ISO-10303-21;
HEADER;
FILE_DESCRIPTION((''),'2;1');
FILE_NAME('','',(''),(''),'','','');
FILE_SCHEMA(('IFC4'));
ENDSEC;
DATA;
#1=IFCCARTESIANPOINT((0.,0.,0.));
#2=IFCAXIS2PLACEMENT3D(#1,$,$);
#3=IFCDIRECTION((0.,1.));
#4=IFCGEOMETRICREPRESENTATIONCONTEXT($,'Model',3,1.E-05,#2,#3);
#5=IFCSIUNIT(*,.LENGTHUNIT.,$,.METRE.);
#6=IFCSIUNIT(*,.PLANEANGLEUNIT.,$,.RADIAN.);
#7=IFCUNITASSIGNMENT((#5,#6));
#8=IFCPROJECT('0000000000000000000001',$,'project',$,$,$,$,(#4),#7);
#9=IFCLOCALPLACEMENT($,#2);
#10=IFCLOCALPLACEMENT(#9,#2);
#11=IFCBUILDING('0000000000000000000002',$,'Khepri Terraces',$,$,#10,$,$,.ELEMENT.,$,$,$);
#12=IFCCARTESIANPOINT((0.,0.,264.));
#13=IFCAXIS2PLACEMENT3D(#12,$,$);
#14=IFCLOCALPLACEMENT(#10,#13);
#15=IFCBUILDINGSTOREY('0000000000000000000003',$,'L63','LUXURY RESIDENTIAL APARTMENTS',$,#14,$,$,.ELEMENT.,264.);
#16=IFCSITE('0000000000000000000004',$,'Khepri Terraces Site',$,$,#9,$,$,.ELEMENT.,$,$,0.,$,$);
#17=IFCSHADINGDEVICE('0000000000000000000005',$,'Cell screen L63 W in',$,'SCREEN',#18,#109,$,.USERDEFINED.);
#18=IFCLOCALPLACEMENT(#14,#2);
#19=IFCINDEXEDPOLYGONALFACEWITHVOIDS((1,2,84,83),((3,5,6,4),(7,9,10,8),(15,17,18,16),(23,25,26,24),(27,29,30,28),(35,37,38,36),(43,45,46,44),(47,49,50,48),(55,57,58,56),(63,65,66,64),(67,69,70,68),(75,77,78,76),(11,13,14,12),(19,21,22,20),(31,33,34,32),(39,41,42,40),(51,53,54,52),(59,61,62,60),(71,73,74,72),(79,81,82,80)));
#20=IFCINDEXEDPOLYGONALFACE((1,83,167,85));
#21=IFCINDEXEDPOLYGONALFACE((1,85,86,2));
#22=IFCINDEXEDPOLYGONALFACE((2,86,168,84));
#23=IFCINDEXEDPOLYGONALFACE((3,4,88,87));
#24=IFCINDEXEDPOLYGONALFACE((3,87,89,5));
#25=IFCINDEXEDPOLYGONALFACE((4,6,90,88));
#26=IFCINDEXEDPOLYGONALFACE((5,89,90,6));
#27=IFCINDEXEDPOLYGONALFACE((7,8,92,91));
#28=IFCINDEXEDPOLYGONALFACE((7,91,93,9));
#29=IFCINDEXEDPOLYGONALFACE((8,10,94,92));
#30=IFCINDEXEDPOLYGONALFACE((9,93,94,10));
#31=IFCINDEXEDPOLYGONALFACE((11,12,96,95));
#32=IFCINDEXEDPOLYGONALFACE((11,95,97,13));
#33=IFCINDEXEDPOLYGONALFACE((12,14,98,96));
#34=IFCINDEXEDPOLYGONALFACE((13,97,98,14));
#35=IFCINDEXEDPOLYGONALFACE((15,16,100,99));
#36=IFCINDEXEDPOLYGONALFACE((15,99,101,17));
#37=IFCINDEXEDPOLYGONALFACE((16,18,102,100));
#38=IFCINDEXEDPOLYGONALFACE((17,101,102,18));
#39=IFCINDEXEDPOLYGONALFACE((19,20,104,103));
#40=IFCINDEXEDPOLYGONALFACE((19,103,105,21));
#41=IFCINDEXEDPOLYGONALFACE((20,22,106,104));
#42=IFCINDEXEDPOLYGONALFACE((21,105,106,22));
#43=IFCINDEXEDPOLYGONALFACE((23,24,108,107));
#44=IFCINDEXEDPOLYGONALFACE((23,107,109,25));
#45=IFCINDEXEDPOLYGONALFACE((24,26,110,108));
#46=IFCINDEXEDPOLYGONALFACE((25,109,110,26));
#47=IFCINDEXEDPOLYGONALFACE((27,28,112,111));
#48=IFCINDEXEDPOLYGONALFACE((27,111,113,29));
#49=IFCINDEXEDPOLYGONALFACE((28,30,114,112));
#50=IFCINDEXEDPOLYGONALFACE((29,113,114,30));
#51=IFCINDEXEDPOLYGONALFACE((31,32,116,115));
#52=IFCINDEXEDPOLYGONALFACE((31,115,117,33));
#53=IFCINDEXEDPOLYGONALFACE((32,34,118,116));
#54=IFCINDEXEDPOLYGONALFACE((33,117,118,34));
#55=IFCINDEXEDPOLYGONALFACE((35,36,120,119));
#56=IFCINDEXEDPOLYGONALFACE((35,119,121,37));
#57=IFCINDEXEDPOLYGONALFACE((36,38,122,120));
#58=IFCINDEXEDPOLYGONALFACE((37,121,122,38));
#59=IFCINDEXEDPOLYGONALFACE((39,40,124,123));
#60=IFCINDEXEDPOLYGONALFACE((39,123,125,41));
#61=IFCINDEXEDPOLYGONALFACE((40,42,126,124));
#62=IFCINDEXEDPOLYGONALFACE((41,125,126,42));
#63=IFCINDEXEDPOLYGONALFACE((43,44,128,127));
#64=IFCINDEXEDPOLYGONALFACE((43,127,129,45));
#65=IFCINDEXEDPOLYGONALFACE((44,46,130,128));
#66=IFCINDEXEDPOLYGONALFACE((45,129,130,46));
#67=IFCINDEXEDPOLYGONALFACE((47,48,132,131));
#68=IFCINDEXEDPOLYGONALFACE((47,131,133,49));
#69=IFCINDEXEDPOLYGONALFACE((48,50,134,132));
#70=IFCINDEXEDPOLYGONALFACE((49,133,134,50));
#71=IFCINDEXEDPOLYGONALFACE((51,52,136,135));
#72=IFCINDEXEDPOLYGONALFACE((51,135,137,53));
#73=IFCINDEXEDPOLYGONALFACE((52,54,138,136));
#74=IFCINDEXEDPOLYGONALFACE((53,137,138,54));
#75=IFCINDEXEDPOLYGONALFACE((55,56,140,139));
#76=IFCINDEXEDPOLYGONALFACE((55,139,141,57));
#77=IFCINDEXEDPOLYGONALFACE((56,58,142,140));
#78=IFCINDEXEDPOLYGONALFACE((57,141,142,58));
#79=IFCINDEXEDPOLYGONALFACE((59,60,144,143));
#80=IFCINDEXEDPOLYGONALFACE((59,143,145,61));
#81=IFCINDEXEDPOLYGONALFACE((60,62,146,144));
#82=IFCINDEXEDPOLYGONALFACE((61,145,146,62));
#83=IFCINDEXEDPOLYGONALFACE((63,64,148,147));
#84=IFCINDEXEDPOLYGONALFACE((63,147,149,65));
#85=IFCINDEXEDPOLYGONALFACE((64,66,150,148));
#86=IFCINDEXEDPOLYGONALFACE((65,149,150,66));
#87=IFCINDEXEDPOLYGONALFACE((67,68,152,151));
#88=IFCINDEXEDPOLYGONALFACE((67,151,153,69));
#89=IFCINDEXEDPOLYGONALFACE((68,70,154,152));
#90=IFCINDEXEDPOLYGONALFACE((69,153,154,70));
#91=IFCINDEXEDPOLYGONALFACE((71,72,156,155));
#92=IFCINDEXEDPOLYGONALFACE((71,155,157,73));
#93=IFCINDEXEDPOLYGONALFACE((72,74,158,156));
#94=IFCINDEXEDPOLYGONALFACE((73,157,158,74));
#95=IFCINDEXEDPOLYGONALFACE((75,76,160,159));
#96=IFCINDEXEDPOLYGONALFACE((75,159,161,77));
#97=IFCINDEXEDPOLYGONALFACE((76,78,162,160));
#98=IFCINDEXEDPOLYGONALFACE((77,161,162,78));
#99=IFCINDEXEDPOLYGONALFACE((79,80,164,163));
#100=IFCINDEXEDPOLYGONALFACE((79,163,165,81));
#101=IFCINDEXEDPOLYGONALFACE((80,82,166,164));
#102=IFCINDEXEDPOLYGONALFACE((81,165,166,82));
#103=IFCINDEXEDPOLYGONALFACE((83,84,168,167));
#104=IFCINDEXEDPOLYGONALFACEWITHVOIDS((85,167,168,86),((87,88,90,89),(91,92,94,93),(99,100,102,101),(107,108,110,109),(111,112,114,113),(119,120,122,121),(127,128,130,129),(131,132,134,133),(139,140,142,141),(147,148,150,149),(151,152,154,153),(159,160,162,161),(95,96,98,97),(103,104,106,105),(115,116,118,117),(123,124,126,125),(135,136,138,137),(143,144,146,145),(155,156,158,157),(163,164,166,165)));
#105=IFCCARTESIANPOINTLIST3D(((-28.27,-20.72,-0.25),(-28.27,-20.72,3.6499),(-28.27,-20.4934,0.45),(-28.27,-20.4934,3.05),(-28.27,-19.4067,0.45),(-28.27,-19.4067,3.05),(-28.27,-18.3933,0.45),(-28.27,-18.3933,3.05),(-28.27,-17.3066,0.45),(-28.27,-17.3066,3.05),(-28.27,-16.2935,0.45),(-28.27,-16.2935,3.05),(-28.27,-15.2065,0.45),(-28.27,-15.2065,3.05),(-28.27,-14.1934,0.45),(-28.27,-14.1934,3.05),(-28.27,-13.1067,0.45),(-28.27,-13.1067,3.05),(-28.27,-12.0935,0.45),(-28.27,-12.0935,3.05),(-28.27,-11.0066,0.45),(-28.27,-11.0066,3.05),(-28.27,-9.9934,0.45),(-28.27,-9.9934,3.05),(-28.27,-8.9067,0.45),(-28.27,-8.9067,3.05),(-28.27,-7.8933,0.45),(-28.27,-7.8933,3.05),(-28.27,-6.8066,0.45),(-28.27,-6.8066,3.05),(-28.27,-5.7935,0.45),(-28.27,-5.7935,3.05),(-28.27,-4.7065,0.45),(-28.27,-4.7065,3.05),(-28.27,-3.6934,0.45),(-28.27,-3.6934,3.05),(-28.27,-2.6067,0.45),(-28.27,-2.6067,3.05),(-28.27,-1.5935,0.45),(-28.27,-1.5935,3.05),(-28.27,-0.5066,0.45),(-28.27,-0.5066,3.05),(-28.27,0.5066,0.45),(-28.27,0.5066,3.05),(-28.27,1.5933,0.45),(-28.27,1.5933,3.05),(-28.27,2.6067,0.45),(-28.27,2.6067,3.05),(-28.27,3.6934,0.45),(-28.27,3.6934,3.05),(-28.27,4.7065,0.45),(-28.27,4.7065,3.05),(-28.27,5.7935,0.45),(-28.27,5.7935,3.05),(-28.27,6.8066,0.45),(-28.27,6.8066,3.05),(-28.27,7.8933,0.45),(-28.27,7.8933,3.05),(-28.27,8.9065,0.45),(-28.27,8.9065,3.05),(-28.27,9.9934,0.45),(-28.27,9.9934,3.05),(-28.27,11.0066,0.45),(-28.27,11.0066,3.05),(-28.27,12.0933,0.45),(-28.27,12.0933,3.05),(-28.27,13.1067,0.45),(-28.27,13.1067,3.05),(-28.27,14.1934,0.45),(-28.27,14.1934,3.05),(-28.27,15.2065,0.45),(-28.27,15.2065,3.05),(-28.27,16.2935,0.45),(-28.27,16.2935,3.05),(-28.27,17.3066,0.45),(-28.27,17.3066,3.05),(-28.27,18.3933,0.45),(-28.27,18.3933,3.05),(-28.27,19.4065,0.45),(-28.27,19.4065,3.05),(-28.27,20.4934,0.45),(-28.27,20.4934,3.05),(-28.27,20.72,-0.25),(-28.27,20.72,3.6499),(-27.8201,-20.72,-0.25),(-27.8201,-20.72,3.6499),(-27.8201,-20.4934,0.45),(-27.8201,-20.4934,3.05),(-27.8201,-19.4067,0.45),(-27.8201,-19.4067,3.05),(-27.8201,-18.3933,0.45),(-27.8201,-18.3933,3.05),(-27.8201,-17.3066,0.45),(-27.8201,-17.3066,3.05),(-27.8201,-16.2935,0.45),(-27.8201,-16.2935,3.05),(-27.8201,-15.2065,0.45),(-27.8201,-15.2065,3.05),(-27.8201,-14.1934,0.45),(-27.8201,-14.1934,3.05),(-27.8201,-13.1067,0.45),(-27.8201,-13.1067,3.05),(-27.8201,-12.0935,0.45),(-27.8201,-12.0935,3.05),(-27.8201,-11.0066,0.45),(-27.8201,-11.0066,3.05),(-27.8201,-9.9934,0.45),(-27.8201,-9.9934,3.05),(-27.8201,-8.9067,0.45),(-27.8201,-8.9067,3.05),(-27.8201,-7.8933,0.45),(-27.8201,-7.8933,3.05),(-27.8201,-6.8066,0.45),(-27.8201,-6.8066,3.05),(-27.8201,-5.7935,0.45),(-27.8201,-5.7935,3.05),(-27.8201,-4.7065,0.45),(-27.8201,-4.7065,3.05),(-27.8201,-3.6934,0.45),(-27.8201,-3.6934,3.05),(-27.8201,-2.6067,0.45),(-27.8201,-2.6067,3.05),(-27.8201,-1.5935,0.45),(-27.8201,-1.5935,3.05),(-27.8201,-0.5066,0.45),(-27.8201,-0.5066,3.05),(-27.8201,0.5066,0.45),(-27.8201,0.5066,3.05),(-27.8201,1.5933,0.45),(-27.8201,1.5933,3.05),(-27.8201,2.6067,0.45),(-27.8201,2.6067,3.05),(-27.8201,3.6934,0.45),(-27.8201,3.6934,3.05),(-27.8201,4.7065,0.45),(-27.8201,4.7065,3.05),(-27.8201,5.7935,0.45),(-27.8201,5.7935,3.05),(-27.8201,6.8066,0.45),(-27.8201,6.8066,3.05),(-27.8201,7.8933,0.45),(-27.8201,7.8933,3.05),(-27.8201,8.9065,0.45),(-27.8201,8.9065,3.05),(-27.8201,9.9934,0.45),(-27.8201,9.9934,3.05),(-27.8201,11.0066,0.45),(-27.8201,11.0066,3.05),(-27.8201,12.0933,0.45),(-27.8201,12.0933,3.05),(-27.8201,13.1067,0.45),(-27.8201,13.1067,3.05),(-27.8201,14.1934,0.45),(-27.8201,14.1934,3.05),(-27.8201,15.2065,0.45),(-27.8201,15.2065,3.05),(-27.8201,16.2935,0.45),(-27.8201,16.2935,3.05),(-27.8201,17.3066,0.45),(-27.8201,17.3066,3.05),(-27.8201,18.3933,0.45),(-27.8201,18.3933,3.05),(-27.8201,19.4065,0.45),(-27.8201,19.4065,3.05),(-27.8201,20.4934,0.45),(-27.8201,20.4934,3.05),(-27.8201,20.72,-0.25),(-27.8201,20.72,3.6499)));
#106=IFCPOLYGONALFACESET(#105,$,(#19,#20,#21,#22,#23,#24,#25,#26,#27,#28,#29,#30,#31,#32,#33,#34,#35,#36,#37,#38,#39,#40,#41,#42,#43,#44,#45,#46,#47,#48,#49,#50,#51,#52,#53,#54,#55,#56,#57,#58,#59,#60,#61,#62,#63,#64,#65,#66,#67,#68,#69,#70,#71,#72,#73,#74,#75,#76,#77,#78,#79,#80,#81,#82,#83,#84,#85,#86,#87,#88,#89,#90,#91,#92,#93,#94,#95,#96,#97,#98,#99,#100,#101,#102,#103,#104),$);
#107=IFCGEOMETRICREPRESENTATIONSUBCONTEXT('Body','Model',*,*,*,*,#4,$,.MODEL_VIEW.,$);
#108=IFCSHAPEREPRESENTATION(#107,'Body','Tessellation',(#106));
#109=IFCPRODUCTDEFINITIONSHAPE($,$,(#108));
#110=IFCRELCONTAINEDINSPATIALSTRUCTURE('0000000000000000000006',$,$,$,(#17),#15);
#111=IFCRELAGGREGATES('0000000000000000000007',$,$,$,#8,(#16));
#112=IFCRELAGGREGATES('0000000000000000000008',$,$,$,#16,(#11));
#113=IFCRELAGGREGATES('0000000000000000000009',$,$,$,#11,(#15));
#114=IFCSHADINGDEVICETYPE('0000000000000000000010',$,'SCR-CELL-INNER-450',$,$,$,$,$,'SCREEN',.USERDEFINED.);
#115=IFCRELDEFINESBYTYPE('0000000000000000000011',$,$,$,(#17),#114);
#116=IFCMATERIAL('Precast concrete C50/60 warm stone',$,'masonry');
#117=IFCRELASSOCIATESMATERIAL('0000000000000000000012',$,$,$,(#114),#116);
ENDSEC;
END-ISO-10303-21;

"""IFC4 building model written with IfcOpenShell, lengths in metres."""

from ifc_helpers import new_model, si_unit, direction, frame, origin, place, context, subcontext, project, spatial, polyline, outline, extrude, material, type_object, element, save


model = new_model("IFC4")

# Units and contexts
model_context = context("Model", 3, precision=1e-05, world=origin(), true_north=direction((0.0, 1.0)))
body_context = subcontext(model_context, "Body", "Model", "MODEL_VIEW")
ifc_project = project(units=[si_unit("LENGTHUNIT", "METRE"), si_unit("PLANEANGLEUNIT", "RADIAN")], contexts=[model_context])

# Site, building, storey
site_placement = place(None, origin())
site = spatial("IfcSite", under=ifc_project, at=site_placement, Name="Khepri Terraces Site", CompositionType="ELEMENT", RefElevation=0.0)
building_placement = place(site_placement, origin())
building = spatial("IfcBuilding", under=site, at=building_placement, Name="Khepri Terraces", CompositionType="ELEMENT")
storey_placement = place(building_placement, frame((0.0, 0.0, 264.0)))
storey = spatial("IfcBuildingStorey", under=building, at=storey_placement, Name="L63", Description="LUXURY RESIDENTIAL APARTMENTS", CompositionType="ELEMENT", Elevation=264.0)

# Shared definitions
ifc_material_1 = material(Name="Precast concrete C50/60 warm stone", Category="masonry")

# Shading device
shading_device_type_1 = type_object("IfcShadingDeviceType", Name="SCR-CELL-INNER-450", ElementType="SCREEN", PredefinedType="USERDEFINED", material=ifc_material_1)
shading_device_1_placement = place(storey_placement, frame((-27.8201, 20.72, -0.25), z_axis=(-1.0, 0.0, 0.0), x_axis=(0.0, -1.0, 0.0)))
element("IfcShadingDevice", 1, at=shading_device_1_placement, inside=storey, type_object=shading_device_type_1, Name="Cell screen L63 W in", ObjectType="SCREEN", PredefinedType="USERDEFINED", context=body_context, shape_type="SweptSolid", body=[
    extrude(outline(polyline([(0.0, 0.0), (41.4399, 0.0), (41.4399, 3.8999), (0.0, 3.8999), (0.0, 0.0)]), holes=[polyline([(0.2266, 0.7), (1.3135, 0.7), (1.3135, 3.3), (0.2266, 3.3), (0.2266, 0.7)]), polyline([(2.3267, 0.7), (3.4133, 0.7), (3.4133, 3.3), (2.3267, 3.3), (2.3267, 0.7)]), polyline([(4.4265, 0.7), (5.5134, 0.7), (5.5134, 3.3), (4.4265, 3.3), (4.4265, 0.7)]), polyline([(6.5266, 0.7), (7.6133, 0.7), (7.6133, 3.3), (6.5266, 3.3), (6.5266, 0.7)]), polyline([(8.6267, 0.7), (9.7134, 0.7), (9.7134, 3.3), (8.6267, 3.3), (8.6267, 0.7)]), polyline([(10.7266, 0.7), (11.8135, 0.7), (11.8135, 3.3), (10.7266, 3.3), (10.7266, 0.7)]), polyline([(12.8267, 0.7), (13.9133, 0.7), (13.9133, 3.3), (12.8267, 3.3), (12.8267, 0.7)]), polyline([(14.9265, 0.7), (16.0134, 0.7), (16.0134, 3.3), (14.9265, 3.3), (14.9265, 0.7)]), polyline([(17.0266, 0.7), (18.1133, 0.7), (18.1133, 3.3), (17.0266, 3.3), (17.0266, 0.7)]), polyline([(19.1267, 0.7), (20.2134, 0.7), (20.2134, 3.3), (19.1267, 3.3), (19.1267, 0.7)]), polyline([(21.2266, 0.7), (22.3135, 0.7), (22.3135, 3.3), (21.2266, 3.3), (21.2266, 0.7)]), polyline([(23.3267, 0.7), (24.4133, 0.7), (24.4133, 3.3), (23.3267, 3.3), (23.3267, 0.7)]), polyline([(25.4265, 0.7), (26.5134, 0.7), (26.5134, 3.3), (25.4265, 3.3), (25.4265, 0.7)]), polyline([(27.5266, 0.7), (28.6133, 0.7), (28.6133, 3.3), (27.5266, 3.3), (27.5266, 0.7)]), polyline([(29.6267, 0.7), (30.7134, 0.7), (30.7134, 3.3), (29.6267, 3.3), (29.6267, 0.7)]), polyline([(31.7266, 0.7), (32.8135, 0.7), (32.8135, 3.3), (31.7266, 3.3), (31.7266, 0.7)]), polyline([(33.8267, 0.7), (34.9133, 0.7), (34.9133, 3.3), (33.8267, 3.3), (33.8267, 0.7)]), polyline([(35.9265, 0.7), (37.0134, 0.7), (37.0134, 3.3), (35.9265, 3.3), (35.9265, 0.7)]), polyline([(38.0266, 0.7), (39.1133, 0.7), (39.1133, 3.3), (38.0266, 3.3), (38.0266, 0.7)]), polyline([(40.1267, 0.7), (41.2134, 0.7), (41.2134, 3.3), (40.1267, 3.3), (40.1267, 0.7)])]), origin(), (0.0, 0.0, 1.0), 0.45),
])

save(model, "model.ifc")
